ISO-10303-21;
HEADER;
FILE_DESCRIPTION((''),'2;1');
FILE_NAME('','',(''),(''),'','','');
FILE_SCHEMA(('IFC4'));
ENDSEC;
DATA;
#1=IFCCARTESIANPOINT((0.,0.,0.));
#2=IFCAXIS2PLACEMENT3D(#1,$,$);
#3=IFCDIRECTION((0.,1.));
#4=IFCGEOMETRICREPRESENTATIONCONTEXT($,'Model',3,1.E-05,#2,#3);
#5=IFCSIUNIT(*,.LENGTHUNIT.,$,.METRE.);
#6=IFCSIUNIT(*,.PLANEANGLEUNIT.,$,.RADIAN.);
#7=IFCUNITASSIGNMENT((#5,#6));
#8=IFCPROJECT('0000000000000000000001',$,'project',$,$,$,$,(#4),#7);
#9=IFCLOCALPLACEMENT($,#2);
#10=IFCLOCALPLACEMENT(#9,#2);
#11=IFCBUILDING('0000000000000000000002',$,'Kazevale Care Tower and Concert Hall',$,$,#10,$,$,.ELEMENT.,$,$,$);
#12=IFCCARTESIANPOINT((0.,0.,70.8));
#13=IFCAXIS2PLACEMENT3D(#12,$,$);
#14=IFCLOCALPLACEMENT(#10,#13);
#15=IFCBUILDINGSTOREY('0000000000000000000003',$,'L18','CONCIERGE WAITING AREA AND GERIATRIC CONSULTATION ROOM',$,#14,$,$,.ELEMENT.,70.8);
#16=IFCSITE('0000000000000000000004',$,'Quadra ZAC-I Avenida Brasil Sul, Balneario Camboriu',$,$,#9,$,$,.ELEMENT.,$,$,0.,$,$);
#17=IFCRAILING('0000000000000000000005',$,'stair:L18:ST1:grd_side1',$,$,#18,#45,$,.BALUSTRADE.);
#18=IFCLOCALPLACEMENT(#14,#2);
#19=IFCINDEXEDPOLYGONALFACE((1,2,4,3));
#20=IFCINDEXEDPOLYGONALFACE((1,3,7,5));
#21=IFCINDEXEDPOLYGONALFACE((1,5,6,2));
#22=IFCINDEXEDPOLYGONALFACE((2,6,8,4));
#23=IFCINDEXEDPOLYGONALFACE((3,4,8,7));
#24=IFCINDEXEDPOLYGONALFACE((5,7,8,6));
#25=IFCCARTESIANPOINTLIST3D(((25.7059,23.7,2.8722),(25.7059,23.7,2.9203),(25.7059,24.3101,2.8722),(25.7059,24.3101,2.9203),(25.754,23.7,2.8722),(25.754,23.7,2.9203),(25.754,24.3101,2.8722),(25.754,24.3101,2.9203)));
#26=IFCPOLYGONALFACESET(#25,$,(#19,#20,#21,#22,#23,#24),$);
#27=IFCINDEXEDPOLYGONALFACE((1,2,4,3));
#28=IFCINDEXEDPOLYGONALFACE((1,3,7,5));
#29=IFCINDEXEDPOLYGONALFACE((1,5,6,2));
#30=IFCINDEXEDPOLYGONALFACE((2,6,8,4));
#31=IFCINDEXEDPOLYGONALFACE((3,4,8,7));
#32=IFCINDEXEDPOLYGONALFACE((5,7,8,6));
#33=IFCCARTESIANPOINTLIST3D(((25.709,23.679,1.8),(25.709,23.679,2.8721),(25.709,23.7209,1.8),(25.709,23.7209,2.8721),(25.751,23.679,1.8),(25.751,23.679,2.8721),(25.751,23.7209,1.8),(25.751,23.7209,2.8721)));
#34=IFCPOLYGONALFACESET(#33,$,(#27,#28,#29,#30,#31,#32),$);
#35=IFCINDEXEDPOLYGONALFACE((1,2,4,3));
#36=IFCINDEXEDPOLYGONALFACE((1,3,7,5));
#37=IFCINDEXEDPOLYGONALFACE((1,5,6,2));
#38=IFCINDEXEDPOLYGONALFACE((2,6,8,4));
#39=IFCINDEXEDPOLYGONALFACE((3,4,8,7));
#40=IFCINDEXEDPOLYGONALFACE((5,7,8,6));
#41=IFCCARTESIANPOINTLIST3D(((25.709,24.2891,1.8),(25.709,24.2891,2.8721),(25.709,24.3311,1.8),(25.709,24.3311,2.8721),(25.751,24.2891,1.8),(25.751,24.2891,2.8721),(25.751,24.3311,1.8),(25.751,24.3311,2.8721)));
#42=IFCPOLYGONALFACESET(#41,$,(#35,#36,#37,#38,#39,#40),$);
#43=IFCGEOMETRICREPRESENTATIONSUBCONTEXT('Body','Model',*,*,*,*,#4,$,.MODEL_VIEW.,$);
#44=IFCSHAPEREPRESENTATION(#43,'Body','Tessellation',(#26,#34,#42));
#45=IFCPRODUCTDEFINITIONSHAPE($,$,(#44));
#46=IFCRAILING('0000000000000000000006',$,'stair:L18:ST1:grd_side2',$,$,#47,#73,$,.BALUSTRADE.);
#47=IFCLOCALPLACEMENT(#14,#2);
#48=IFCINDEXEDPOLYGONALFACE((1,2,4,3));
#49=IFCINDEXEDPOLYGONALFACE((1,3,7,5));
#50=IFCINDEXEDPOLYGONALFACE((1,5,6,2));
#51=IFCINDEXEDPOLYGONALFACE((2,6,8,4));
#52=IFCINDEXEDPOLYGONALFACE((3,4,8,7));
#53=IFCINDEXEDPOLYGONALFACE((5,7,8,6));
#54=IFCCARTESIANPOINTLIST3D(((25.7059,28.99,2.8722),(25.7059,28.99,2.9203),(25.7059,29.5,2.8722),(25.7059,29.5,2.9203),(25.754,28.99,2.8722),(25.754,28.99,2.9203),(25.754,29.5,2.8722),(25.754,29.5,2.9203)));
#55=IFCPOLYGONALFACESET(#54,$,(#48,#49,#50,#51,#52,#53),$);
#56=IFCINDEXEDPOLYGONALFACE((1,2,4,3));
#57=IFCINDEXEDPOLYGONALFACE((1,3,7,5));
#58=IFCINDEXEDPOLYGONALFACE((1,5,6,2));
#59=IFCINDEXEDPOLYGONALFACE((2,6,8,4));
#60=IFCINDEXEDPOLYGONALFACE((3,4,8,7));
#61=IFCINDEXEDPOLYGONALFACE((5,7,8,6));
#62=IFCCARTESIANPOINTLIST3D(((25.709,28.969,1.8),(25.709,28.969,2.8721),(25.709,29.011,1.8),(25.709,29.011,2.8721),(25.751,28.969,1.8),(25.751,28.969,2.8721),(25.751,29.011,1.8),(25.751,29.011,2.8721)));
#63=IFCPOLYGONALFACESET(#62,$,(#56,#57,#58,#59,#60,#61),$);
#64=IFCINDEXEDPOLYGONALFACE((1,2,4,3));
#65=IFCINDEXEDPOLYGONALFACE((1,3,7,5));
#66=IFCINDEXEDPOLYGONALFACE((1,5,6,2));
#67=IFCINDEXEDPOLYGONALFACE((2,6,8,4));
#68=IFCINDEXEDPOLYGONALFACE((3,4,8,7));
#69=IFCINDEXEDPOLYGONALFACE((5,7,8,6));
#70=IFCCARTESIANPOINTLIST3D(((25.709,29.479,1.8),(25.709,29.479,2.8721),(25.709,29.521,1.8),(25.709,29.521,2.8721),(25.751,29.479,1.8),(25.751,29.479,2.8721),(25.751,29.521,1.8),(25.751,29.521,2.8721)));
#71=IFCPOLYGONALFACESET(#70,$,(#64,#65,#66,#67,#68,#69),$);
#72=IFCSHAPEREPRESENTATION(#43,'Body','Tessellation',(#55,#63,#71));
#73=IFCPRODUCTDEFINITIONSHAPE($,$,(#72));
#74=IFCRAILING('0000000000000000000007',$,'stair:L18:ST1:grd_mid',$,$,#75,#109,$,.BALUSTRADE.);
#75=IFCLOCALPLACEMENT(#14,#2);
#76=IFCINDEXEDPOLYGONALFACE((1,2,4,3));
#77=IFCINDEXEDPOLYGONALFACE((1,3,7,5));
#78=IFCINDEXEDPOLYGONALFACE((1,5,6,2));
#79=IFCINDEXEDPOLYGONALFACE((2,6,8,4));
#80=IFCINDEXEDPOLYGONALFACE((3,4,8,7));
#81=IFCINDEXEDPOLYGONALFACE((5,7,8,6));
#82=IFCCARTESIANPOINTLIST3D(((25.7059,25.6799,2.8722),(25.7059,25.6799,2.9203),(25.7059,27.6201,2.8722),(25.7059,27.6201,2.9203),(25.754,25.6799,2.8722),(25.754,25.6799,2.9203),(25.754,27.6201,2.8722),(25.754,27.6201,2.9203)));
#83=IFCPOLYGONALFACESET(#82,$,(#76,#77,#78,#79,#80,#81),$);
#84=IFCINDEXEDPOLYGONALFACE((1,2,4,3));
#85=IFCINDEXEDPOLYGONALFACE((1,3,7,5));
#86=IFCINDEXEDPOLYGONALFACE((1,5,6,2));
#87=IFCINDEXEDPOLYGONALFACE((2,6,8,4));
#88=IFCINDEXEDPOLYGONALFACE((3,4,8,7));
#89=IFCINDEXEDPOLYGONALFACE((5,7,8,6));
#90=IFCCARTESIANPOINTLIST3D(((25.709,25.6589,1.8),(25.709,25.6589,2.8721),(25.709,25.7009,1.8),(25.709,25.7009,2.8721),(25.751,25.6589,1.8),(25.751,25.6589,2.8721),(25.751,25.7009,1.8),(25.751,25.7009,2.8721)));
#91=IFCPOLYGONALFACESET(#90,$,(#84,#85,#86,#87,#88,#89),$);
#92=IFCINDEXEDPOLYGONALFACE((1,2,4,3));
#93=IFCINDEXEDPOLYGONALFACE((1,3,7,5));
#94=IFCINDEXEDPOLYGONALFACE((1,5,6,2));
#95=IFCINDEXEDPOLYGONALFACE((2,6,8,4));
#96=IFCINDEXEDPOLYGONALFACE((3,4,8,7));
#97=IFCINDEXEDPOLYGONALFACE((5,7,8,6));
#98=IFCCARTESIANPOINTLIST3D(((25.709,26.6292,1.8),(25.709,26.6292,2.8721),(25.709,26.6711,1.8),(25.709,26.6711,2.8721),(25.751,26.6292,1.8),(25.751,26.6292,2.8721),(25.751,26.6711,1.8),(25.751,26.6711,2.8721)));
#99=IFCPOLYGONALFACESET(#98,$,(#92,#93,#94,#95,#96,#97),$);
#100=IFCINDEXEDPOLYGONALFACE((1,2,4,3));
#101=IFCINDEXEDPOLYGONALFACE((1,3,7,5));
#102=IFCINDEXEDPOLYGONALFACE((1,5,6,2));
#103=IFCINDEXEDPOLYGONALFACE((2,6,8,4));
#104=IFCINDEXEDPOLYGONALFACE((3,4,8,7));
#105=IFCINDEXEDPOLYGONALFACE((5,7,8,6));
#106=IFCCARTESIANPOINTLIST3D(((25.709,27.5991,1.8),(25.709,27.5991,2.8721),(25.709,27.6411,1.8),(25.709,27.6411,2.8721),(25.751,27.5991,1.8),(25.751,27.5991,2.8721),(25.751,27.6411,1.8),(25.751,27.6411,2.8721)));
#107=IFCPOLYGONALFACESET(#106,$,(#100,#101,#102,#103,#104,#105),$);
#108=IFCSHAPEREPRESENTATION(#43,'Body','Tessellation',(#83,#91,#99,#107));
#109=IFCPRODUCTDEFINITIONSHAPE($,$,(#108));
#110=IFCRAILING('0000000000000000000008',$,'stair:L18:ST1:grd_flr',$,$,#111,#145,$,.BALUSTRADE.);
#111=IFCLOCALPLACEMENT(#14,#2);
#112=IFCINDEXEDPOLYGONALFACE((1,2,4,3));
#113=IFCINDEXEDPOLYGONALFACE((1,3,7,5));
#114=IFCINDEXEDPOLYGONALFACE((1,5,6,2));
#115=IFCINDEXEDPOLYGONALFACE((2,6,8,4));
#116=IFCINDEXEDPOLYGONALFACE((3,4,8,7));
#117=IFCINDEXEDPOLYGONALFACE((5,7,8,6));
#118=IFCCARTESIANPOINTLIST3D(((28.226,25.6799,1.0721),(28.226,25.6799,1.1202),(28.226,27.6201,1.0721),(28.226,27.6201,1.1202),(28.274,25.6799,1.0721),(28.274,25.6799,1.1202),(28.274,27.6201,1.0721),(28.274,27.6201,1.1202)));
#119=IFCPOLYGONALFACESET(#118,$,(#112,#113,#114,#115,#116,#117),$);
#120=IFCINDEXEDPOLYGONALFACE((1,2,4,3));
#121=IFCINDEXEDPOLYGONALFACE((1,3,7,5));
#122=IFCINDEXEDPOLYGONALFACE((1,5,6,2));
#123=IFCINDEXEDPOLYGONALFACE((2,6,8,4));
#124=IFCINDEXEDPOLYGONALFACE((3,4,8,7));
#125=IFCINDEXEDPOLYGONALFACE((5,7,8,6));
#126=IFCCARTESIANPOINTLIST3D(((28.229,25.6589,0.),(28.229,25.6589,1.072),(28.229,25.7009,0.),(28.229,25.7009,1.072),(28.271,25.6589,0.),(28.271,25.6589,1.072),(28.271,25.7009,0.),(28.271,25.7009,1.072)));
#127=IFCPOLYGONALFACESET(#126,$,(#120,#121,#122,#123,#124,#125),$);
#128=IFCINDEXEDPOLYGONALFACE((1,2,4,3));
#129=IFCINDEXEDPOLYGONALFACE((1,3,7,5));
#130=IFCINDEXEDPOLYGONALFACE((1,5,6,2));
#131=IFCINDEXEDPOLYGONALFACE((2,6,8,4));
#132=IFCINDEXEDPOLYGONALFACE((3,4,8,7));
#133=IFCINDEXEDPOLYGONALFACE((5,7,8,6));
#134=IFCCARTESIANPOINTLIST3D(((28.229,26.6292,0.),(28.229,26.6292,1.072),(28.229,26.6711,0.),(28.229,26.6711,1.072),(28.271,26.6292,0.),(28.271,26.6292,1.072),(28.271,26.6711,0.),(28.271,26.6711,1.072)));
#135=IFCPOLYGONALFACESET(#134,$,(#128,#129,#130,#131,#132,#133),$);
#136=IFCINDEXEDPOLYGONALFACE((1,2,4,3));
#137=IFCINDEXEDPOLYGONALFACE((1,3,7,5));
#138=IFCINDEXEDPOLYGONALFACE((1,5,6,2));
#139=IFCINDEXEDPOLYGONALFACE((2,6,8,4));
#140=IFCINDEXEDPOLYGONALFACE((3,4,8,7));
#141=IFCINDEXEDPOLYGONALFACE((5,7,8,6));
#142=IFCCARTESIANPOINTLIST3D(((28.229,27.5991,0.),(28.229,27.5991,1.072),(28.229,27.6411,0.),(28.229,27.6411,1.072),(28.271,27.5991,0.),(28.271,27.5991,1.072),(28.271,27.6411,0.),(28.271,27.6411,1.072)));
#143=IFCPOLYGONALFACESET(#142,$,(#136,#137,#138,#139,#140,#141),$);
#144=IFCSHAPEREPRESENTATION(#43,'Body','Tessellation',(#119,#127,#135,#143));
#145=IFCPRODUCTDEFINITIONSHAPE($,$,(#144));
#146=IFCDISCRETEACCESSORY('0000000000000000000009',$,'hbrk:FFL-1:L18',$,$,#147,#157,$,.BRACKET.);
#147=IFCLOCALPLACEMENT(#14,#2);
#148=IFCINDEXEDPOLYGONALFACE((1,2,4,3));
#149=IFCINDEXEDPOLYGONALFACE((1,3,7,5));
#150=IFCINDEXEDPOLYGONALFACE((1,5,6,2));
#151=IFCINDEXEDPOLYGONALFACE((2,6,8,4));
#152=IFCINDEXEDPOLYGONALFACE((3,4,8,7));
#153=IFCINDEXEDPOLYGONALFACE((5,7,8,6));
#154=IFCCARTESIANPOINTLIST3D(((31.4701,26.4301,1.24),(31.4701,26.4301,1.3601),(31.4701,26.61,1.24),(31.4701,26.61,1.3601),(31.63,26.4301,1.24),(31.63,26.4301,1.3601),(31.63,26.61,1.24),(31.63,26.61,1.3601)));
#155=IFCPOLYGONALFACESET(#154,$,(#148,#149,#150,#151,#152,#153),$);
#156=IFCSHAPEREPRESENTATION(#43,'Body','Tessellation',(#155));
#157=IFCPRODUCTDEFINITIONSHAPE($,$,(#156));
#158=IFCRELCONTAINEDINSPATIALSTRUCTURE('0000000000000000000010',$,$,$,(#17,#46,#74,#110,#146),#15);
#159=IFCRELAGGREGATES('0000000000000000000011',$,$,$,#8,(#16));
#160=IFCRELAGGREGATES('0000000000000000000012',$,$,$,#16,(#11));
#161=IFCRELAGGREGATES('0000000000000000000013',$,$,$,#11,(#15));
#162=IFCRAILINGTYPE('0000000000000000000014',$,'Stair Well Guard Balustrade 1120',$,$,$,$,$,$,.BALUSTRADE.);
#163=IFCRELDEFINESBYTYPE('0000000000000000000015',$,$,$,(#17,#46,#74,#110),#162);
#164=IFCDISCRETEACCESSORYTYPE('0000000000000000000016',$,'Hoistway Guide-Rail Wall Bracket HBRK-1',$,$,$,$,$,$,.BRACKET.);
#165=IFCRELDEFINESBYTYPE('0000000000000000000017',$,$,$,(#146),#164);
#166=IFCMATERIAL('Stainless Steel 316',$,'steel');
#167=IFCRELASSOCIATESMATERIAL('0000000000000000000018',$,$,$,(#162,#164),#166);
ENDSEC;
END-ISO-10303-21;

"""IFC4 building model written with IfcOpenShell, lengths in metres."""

from ifc_helpers import new_model, si_unit, direction, frame, origin, origin_2d, place, context, subcontext, project, spatial, rectangle, extrude, material, type_object, element, save


model = new_model("IFC4")

# Units and contexts
model_context = context("Model", 3, precision=1e-05, world=origin(), true_north=direction((0.0, 1.0)))
body_context = subcontext(model_context, "Body", "Model", "MODEL_VIEW")
ifc_project = project(units=[si_unit("LENGTHUNIT", "METRE"), si_unit("PLANEANGLEUNIT", "RADIAN")], contexts=[model_context])

# Site, building, storey
site_placement = place(None, origin())
site = spatial("IfcSite", under=ifc_project, at=site_placement, Name="Quadra ZAC-I Avenida Brasil Sul, Balneario Camboriu", CompositionType="ELEMENT", RefElevation=0.0)
building_placement = place(site_placement, origin())
building = spatial("IfcBuilding", under=site, at=building_placement, Name="Kazevale Care Tower and Concert Hall", CompositionType="ELEMENT")
storey_placement = place(building_placement, frame((0.0, 0.0, 70.8)))
storey = spatial("IfcBuildingStorey", under=building, at=storey_placement, Name="L18", Description="CONCIERGE WAITING AREA AND GERIATRIC CONSULTATION ROOM", CompositionType="ELEMENT", Elevation=70.8)

# Shared definitions
ifc_material_1 = material(Name="Stainless Steel 316", Category="steel")

# Railings
railing_type_1 = type_object("IfcRailingType", Name="Stair Well Guard Balustrade 1120", PredefinedType="BALUSTRADE", material=ifc_material_1)
railing_1_placement = place(storey_placement, frame((25.73, 23.7, 1.8)))
element("IfcRailing", 1, at=railing_1_placement, inside=storey, type_object=railing_type_1, Name="stair:L18:ST1:grd_side1", PredefinedType="BALUSTRADE", context=body_context, shape_type="SweptSolid", body=[
    extrude(rectangle(XDim=0.0481, YDim=0.0481, at=origin_2d()), frame((0.0, 0.0, 1.0962), z_axis=(0.0, 1.0, 0.0), x_axis=(-1.0, 0.0, 0.0)), (0.0, 0.0, 1.0), 0.6101),
    extrude(rectangle(XDim=0.042, YDim=0.042, at=origin_2d()), origin(), (0.0, 0.0, 1.0), 1.072),
    extrude(rectangle(XDim=0.042, YDim=0.042, at=origin_2d()), frame((0.0, 0.6101, 0.0)), (0.0, 0.0, 1.0), 1.072),
])
railing_2_placement = place(storey_placement, frame((25.73, 28.99, 1.8)))
element("IfcRailing", 2, at=railing_2_placement, inside=storey, type_object=railing_type_1, Name="stair:L18:ST1:grd_side2", PredefinedType="BALUSTRADE", context=body_context, shape_type="SweptSolid", body=[
    extrude(rectangle(XDim=0.0481, YDim=0.0481, at=origin_2d()), frame((0.0, 0.0, 1.0962), z_axis=(0.0, 1.0, 0.0), x_axis=(-1.0, 0.0, 0.0)), (0.0, 0.0, 1.0), 0.51),
    extrude(rectangle(XDim=0.042, YDim=0.042, at=origin_2d()), origin(), (0.0, 0.0, 1.0), 1.072),
    extrude(rectangle(XDim=0.042, YDim=0.042, at=origin_2d()), frame((0.0, 0.51, 0.0)), (0.0, 0.0, 1.0), 1.072),
])
for number, where, name in (
    (3, (25.73, 25.6799, 1.8), "stair:L18:ST1:grd_mid"),
    (4, (28.25, 25.6799, 0.0), "stair:L18:ST1:grd_flr"),
):
    element("IfcRailing", number, at=place(storey_placement, frame(where)), inside=storey, type_object=railing_type_1, Name=name, PredefinedType="BALUSTRADE", context=body_context, shape_type="SweptSolid", body=[
        extrude(rectangle(XDim=0.0481, YDim=0.0481, at=origin_2d()), frame((0.0, 0.0, 1.0962), z_axis=(0.0, 1.0, 0.0), x_axis=(-1.0, 0.0, 0.0)), (0.0, 0.0, 1.0), 1.9402),
        extrude(rectangle(XDim=0.042, YDim=0.042, at=origin_2d()), origin(), (0.0, 0.0, 1.0), 1.072),
        extrude(rectangle(XDim=0.042, YDim=0.042, at=origin_2d()), frame((0.0, 0.9702, 0.0)), (0.0, 0.0, 1.0), 1.072),
        extrude(rectangle(XDim=0.042, YDim=0.042, at=origin_2d()), frame((0.0, 1.9402, 0.0)), (0.0, 0.0, 1.0), 1.072),
    ])

# Discrete accessory
discrete_accessory_type = type_object("IfcDiscreteAccessoryType", Name="Hoistway Guide-Rail Wall Bracket HBRK-1", PredefinedType="BRACKET", material=ifc_material_1)
discrete_accessory_placement = place(storey_placement, frame((31.55, 26.52, 1.24), z_axis=(0.0, 0.0, 1.0), x_axis=(1.0, 0.0, 0.0)))
element("IfcDiscreteAccessory", 5, at=discrete_accessory_placement, inside=storey, type_object=discrete_accessory_type, Name="hbrk:FFL-1:L18", PredefinedType="BRACKET", context=body_context, shape_type="SweptSolid", body=[
    extrude(rectangle(XDim=0.1599, YDim=0.1799, at=origin_2d()), origin(), (0.0, 0.0, 1.0), 0.1201),
])

save(model, "model.ifc")
